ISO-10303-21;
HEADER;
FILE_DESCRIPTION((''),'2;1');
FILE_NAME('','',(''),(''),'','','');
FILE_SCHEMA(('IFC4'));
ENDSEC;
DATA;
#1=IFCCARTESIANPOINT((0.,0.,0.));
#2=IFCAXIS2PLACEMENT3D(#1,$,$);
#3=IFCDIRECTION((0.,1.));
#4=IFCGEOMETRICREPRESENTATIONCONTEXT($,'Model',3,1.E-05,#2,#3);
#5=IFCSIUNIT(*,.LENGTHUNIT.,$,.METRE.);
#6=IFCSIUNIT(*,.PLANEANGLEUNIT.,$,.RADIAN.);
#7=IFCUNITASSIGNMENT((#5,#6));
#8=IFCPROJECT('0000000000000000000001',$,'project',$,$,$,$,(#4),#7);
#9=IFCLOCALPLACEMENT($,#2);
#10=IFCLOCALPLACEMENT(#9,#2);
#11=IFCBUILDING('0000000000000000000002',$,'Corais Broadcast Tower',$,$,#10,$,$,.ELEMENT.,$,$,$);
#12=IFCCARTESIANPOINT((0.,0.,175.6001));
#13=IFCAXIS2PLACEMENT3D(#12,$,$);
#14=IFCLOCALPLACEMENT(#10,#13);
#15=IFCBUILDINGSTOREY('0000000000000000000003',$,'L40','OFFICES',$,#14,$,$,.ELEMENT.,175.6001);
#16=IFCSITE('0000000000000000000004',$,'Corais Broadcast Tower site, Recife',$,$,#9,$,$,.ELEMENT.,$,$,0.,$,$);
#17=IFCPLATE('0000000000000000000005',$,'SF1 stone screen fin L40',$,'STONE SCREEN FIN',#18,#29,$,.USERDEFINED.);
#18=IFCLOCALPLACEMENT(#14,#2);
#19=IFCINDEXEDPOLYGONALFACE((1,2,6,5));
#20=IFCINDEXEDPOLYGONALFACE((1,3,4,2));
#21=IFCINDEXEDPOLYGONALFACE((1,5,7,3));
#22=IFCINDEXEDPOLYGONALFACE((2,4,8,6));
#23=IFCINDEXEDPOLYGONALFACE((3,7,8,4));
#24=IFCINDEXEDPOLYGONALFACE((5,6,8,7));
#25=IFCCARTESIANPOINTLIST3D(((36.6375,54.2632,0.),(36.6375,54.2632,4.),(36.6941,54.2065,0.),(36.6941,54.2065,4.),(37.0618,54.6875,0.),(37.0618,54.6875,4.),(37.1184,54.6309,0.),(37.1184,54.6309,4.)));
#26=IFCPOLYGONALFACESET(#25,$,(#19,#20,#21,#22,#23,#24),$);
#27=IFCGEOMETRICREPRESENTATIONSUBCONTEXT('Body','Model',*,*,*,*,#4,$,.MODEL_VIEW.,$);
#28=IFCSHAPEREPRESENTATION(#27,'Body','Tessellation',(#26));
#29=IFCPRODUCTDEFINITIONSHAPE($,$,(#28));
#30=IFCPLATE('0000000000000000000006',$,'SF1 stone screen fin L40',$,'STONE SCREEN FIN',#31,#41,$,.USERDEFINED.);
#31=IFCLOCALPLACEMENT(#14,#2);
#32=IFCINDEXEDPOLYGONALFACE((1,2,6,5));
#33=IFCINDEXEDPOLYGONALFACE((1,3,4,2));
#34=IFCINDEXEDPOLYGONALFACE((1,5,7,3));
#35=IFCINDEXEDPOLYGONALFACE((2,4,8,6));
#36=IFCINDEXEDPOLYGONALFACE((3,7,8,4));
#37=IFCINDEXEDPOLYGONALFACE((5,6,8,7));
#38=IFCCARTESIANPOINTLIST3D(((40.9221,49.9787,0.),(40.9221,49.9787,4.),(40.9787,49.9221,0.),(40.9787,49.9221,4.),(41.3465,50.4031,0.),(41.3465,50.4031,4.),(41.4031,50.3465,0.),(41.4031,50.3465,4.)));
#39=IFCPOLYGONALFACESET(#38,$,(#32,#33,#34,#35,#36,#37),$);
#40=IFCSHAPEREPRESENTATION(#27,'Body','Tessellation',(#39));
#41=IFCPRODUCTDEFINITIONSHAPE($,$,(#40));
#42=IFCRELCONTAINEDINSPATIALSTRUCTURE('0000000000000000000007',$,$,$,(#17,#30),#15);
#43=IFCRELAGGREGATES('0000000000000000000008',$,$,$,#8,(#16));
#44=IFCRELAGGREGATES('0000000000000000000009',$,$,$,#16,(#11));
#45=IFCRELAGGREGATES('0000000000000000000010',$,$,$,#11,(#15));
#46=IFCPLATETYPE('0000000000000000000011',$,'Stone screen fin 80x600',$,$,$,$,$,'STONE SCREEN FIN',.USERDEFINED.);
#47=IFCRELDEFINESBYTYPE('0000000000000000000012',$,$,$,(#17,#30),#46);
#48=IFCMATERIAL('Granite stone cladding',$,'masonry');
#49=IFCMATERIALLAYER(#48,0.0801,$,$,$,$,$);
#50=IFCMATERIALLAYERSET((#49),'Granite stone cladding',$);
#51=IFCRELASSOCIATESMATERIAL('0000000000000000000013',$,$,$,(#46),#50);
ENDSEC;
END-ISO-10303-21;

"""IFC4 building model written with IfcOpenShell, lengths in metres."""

from ifc_helpers import new_model, si_unit, direction, frame, origin, origin_2d, place, context, subcontext, project, spatial, rectangle, extrude, material, layer, layer_set, type_object, element, save


model = new_model("IFC4")

# Units and contexts
model_context = context("Model", 3, precision=1e-05, world=origin(), true_north=direction((0.0, 1.0)))
body_context = subcontext(model_context, "Body", "Model", "MODEL_VIEW")
ifc_project = project(units=[si_unit("LENGTHUNIT", "METRE"), si_unit("PLANEANGLEUNIT", "RADIAN")], contexts=[model_context])

# Site, building, storey
site_placement = place(None, origin())
site = spatial("IfcSite", under=ifc_project, at=site_placement, Name="Corais Broadcast Tower site, Recife", CompositionType="ELEMENT", RefElevation=0.0)
building_placement = place(site_placement, origin())
building = spatial("IfcBuilding", under=site, at=building_placement, Name="Corais Broadcast Tower", CompositionType="ELEMENT")
storey_placement = place(building_placement, frame((0.0, 0.0, 175.6001)))
storey = spatial("IfcBuildingStorey", under=building, at=storey_placement, Name="L40", Description="OFFICES", CompositionType="ELEMENT", Elevation=175.6001)

# Plates
ifc_material_1 = material(Name="Granite stone cladding", Category="masonry")
ifc_layer_1 = layer(ifc_material_1, 0.0801)
ifc_layer_set_1 = layer_set([ifc_layer_1], Name="Granite stone cladding")
plate_type_1 = type_object("IfcPlateType", Name="Stone screen fin 80x600", ElementType="STONE SCREEN FIN", PredefinedType="USERDEFINED", material=ifc_layer_set_1)
for number, where, z_axis, x_axis, name in (
    (1, (36.8779, 54.447, 0.0), (0.0, 0.0, 1.0), (0.707107, -0.707107, 0.0), "SF1 stone screen fin L40"),
    (2, (41.1626, 50.1626, 0.0), (0.0, 0.0, 1.0), (0.707107, -0.707107, 0.0), "SF1 stone screen fin L40"),
):
    element("IfcPlate", number, at=place(storey_placement, frame(where, z_axis=z_axis, x_axis=x_axis)), inside=storey, type_object=plate_type_1, Name=name, ObjectType="STONE SCREEN FIN", PredefinedType="USERDEFINED", context=body_context, shape_type="SweptSolid", body=[
        extrude(rectangle(XDim=0.0801, YDim=0.6001, at=origin_2d()), origin(), (0.0, 0.0, 1.0), 4.0),
    ])

save(model, "model.ifc")
